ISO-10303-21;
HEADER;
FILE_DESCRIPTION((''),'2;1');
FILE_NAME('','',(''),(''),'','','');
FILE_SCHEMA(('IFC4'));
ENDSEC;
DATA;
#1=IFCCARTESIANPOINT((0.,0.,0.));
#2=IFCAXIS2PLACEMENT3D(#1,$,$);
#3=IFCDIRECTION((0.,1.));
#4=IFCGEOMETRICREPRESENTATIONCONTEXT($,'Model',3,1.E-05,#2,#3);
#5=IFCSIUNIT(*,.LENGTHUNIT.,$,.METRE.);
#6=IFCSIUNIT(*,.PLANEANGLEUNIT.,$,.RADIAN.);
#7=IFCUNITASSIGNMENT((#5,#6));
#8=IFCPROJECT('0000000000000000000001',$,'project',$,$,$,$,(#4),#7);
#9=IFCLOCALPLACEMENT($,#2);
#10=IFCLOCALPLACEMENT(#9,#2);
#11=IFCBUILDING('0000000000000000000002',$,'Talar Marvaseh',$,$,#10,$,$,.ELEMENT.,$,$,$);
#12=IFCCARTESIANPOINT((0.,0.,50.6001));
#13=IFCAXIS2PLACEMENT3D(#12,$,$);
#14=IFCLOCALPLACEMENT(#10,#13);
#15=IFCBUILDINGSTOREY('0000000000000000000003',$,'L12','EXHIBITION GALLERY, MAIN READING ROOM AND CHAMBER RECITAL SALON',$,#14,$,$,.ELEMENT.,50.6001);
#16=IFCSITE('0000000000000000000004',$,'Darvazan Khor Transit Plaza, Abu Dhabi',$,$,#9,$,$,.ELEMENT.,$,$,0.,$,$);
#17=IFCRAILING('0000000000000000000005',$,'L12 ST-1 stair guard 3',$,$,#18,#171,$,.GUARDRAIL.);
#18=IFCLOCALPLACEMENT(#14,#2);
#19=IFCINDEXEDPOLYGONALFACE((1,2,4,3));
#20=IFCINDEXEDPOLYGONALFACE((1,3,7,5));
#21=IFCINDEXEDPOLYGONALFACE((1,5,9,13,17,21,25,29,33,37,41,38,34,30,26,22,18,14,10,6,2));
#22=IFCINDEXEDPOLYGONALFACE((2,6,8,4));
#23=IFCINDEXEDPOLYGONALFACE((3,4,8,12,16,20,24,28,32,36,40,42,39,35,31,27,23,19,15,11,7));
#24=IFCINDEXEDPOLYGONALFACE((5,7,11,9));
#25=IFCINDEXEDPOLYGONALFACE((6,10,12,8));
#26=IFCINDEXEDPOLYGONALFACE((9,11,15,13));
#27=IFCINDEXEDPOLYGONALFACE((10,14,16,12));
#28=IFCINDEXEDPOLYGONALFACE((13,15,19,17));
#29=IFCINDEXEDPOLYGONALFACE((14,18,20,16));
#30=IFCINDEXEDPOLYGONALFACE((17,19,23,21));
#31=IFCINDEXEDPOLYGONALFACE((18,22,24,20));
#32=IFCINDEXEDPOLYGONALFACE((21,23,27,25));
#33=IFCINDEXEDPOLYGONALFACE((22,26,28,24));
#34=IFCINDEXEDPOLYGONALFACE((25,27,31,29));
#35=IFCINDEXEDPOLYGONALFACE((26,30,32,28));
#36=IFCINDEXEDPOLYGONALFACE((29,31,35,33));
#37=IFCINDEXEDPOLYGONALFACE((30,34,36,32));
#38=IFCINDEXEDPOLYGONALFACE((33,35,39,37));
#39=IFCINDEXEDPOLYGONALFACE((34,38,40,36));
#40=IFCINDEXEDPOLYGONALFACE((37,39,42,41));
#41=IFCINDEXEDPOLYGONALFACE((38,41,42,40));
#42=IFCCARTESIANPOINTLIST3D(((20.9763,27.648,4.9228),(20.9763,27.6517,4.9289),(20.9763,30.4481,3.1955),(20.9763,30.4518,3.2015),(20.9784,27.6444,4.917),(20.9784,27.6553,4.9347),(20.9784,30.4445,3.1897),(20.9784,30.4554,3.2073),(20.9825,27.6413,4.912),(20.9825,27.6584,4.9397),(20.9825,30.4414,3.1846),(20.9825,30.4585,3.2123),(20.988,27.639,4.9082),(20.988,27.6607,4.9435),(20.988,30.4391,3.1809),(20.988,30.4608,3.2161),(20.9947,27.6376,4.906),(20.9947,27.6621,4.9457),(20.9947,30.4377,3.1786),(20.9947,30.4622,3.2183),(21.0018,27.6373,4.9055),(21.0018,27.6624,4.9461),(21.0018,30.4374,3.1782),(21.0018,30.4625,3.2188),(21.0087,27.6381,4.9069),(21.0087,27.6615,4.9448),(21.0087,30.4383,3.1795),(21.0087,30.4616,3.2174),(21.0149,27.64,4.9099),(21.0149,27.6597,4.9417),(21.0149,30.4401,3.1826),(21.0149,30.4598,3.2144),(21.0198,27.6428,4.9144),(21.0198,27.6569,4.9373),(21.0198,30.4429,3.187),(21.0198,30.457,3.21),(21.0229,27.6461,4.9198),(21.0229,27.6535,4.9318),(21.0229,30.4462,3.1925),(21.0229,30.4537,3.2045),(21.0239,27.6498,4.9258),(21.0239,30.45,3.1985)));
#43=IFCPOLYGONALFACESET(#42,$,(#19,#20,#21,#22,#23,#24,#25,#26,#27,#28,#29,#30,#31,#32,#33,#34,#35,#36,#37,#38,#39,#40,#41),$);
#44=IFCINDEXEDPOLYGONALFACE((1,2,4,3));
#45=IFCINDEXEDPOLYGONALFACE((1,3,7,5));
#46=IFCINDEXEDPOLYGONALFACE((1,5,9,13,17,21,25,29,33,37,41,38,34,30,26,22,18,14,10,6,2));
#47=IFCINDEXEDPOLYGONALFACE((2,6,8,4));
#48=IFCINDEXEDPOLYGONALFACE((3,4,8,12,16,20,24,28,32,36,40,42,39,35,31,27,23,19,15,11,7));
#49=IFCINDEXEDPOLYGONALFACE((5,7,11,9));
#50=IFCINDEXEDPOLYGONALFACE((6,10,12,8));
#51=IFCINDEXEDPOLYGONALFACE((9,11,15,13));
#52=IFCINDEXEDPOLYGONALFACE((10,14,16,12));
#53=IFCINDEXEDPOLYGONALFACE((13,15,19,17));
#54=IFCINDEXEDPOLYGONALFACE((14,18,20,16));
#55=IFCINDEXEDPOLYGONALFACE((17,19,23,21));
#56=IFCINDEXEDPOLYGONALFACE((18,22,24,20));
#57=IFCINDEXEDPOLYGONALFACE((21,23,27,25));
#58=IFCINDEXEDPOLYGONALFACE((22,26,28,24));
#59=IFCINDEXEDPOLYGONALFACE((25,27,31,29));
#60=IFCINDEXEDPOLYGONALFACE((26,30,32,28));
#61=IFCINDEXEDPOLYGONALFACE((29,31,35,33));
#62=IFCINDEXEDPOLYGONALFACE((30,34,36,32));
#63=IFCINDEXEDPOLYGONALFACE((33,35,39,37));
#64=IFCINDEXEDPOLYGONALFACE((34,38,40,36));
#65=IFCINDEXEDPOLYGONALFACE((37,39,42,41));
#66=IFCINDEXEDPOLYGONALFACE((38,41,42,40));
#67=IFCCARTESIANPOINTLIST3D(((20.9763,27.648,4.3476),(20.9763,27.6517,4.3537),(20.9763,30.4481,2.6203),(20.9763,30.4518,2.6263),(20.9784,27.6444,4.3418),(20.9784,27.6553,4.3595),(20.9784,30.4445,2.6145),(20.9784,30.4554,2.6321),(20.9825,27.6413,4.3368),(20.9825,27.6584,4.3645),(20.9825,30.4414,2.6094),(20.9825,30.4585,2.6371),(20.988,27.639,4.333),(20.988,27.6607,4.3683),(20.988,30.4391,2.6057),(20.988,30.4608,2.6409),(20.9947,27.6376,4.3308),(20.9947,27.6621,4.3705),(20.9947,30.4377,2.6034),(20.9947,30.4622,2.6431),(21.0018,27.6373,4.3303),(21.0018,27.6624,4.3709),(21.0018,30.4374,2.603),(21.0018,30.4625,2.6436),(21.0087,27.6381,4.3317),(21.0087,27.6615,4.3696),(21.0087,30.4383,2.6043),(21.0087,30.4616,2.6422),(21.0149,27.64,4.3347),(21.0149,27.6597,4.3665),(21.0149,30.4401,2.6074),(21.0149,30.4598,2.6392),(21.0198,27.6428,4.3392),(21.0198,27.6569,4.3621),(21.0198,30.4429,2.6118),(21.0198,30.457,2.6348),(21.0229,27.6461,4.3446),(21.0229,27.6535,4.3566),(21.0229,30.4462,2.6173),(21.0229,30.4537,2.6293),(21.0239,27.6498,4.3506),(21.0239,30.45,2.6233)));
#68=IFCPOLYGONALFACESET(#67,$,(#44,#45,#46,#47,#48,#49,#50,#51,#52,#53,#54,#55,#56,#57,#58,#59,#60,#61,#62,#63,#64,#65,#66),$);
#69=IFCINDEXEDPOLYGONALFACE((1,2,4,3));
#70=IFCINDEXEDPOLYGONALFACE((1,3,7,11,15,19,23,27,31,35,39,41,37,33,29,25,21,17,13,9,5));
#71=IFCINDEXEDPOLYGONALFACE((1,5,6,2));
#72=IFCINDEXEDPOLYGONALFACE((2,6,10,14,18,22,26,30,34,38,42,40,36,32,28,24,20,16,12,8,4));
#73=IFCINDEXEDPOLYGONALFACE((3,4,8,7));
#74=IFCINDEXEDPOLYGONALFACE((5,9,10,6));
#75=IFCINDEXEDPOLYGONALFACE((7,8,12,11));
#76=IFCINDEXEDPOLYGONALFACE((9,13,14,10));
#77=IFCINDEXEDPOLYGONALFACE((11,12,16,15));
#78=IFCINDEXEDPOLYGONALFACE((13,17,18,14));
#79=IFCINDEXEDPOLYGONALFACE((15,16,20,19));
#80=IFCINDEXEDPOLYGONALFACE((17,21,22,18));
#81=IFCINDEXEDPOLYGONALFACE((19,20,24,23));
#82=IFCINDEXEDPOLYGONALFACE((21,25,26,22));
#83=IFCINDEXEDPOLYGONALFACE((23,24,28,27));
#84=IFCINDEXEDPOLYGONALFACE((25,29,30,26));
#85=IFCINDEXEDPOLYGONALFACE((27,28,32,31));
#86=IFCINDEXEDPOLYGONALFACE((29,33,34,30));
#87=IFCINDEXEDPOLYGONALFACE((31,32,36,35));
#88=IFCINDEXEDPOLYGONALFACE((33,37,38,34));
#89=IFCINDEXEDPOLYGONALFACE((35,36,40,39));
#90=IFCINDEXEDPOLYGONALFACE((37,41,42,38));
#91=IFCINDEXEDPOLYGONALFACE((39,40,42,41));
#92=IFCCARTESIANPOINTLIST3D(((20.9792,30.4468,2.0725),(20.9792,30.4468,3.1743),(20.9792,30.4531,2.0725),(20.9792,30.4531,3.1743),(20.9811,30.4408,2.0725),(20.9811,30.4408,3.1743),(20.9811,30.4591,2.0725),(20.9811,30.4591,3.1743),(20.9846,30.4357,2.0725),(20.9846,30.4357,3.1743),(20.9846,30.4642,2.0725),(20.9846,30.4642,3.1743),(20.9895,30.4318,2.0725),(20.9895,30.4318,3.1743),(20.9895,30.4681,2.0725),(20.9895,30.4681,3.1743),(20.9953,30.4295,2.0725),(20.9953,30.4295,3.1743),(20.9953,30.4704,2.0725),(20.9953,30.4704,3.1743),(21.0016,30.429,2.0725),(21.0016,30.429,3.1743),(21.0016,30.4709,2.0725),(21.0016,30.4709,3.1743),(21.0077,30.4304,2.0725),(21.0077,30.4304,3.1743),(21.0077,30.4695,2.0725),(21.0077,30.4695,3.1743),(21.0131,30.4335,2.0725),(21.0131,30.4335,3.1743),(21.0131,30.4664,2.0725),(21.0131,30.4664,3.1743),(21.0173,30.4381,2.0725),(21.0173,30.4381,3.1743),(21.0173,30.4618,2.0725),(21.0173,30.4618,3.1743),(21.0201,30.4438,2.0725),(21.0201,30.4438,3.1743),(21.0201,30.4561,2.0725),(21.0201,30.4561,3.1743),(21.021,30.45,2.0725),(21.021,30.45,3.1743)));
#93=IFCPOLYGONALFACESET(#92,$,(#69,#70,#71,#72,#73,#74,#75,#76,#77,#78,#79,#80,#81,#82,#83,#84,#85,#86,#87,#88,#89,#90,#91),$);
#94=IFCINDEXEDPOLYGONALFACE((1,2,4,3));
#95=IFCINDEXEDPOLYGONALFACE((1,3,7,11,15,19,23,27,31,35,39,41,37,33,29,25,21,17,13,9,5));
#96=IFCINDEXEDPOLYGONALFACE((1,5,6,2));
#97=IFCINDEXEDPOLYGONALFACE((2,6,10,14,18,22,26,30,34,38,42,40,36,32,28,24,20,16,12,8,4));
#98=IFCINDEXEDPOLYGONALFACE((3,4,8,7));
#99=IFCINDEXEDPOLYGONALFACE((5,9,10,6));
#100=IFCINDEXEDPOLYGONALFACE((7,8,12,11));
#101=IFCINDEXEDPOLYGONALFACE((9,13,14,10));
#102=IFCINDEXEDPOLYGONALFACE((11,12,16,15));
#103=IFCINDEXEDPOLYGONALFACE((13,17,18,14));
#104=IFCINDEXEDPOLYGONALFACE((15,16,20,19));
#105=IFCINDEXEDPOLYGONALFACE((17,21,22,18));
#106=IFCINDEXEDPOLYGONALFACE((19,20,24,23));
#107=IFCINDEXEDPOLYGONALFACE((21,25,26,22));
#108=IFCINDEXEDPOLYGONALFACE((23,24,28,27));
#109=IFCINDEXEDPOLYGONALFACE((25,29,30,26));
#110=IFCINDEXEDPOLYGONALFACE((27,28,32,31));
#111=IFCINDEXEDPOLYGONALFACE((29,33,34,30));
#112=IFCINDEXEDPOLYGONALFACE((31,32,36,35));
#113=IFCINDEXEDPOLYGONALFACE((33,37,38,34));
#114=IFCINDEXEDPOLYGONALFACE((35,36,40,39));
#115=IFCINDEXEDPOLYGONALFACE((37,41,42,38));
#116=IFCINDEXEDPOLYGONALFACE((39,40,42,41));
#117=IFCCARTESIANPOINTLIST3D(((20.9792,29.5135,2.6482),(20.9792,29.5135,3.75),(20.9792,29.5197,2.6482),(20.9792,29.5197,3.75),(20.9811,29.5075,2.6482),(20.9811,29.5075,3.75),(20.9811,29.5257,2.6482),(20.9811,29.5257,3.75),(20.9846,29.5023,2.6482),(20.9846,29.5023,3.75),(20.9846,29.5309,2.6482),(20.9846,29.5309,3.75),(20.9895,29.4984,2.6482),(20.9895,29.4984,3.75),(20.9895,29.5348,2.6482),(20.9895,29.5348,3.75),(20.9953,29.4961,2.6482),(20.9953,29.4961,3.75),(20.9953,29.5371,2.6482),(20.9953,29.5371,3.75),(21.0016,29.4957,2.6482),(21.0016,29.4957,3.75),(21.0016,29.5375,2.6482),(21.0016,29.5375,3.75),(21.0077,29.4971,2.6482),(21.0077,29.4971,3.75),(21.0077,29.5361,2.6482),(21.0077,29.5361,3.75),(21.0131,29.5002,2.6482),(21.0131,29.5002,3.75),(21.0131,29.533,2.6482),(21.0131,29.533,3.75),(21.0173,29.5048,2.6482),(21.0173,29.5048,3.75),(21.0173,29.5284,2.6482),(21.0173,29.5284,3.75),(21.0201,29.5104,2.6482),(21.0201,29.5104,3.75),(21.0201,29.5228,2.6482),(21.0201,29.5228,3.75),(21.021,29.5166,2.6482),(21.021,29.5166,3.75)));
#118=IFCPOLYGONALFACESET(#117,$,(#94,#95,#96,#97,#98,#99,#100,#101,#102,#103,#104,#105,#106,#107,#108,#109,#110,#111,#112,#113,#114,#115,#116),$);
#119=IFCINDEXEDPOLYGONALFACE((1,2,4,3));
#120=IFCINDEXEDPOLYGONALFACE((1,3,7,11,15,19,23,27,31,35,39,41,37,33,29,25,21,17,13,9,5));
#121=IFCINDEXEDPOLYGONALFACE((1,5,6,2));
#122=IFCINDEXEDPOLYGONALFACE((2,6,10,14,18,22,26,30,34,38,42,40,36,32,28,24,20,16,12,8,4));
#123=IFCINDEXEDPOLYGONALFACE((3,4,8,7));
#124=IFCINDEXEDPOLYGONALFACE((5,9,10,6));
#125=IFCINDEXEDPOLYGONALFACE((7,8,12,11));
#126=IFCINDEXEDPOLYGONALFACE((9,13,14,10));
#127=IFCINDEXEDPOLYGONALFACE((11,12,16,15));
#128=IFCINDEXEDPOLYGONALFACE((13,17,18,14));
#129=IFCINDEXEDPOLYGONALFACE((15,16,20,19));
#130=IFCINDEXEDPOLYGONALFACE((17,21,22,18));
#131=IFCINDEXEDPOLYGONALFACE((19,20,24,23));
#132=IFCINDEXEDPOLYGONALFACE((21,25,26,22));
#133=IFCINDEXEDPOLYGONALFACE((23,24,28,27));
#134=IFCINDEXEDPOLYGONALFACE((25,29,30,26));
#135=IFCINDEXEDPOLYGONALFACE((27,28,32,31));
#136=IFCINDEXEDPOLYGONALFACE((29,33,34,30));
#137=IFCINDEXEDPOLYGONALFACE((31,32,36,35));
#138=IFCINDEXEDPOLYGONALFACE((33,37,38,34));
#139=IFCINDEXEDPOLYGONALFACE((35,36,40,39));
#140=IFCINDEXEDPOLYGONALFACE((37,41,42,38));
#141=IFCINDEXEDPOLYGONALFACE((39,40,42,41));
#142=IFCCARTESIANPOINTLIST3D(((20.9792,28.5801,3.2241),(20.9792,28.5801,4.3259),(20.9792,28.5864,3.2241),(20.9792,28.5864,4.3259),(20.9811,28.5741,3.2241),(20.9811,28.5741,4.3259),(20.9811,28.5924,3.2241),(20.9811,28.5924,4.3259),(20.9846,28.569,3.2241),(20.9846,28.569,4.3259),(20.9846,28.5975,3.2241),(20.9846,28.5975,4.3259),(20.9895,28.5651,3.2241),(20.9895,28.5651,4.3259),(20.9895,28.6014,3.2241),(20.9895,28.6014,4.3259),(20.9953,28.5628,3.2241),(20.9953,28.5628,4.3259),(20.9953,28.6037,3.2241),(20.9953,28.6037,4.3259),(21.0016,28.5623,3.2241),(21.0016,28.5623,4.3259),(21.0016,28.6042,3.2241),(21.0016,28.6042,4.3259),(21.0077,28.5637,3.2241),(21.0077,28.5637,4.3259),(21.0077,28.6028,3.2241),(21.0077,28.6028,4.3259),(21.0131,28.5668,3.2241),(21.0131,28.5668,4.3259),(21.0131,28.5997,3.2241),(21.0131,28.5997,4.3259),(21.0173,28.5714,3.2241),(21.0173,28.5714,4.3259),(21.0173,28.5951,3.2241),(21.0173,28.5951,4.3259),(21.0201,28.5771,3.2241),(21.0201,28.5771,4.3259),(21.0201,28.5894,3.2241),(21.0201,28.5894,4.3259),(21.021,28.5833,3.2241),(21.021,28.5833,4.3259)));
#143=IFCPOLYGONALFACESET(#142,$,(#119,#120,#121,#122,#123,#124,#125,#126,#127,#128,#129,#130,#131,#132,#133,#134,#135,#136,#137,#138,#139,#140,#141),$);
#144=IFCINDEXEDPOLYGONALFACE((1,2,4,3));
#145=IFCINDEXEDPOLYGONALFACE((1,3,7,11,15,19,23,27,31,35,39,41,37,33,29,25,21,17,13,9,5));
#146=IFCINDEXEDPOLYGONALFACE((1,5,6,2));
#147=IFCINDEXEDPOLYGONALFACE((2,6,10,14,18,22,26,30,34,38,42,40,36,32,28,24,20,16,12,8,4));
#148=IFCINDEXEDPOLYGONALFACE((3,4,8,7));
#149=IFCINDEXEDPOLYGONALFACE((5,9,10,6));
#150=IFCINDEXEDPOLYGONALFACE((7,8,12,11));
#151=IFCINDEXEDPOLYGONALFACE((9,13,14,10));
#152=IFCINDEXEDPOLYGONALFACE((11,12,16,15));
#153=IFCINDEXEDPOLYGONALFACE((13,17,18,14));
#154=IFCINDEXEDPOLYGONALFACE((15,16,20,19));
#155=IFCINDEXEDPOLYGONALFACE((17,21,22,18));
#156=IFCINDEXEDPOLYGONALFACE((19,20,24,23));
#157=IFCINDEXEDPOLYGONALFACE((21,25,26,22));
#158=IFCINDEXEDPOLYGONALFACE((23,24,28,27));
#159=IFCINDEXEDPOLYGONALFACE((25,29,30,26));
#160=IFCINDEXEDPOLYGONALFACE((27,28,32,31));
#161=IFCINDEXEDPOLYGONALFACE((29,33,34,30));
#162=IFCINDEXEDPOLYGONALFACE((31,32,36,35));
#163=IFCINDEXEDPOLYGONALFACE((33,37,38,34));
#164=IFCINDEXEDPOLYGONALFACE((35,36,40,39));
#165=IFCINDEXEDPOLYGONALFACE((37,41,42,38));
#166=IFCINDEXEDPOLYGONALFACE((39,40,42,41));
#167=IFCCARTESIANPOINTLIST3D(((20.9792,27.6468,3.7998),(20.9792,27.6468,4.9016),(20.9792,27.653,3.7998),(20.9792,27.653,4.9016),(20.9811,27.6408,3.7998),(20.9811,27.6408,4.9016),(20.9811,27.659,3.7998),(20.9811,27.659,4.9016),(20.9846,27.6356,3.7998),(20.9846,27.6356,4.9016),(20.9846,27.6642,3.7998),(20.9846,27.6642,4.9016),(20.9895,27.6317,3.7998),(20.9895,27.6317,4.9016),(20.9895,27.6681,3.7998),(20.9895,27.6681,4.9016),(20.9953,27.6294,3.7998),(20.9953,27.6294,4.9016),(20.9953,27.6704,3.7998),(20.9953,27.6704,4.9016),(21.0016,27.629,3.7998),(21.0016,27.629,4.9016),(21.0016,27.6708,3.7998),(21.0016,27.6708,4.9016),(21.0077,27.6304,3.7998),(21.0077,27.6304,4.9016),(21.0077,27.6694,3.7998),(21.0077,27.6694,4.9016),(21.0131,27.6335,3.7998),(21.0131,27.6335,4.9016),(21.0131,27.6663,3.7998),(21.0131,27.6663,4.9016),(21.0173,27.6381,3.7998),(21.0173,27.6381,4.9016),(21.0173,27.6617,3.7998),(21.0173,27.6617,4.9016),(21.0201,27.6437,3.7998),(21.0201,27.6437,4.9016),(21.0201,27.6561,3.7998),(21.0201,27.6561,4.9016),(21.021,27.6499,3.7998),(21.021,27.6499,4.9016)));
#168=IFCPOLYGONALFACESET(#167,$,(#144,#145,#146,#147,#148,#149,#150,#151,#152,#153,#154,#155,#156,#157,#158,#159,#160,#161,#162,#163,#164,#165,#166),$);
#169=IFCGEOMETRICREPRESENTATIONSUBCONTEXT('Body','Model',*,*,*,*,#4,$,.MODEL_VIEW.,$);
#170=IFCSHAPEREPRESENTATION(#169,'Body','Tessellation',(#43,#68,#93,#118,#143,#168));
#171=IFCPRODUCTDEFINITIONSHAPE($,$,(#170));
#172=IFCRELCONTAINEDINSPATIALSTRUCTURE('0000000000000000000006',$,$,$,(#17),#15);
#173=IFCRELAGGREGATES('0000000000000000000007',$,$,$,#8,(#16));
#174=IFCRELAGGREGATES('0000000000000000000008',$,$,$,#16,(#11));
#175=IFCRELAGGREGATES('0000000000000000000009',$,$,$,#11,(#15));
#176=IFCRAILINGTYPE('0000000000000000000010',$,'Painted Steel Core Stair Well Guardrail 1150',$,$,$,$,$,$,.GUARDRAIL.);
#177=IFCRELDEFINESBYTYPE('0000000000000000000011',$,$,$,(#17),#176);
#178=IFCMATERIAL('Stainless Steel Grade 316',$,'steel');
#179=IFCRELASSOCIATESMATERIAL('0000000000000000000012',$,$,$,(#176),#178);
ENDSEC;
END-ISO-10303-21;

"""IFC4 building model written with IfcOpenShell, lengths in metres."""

from ifc_helpers import new_model, si_unit, direction, frame, origin, origin_2d, place, context, subcontext, project, spatial, circle, extrude, material, type_object, element, save


model = new_model("IFC4")

# Units and contexts
model_context = context("Model", 3, precision=1e-05, world=origin(), true_north=direction((0.0, 1.0)))
body_context = subcontext(model_context, "Body", "Model", "MODEL_VIEW")
ifc_project = project(units=[si_unit("LENGTHUNIT", "METRE"), si_unit("PLANEANGLEUNIT", "RADIAN")], contexts=[model_context])

# Site, building, storey
site_placement = place(None, origin())
site = spatial("IfcSite", under=ifc_project, at=site_placement, Name="Darvazan Khor Transit Plaza, Abu Dhabi", CompositionType="ELEMENT", RefElevation=0.0)
building_placement = place(site_placement, origin())
building = spatial("IfcBuilding", under=site, at=building_placement, Name="Talar Marvaseh", CompositionType="ELEMENT")
storey_placement = place(building_placement, frame((0.0, 0.0, 50.6001)))
storey = spatial("IfcBuildingStorey", under=building, at=storey_placement, Name="L12", Description="EXHIBITION GALLERY, MAIN READING ROOM AND CHAMBER RECITAL SALON", CompositionType="ELEMENT", Elevation=50.6001)

# Railing
ifc_material_1 = material(Name="Stainless Steel Grade 316", Category="steel")
railing_type_1 = type_object("IfcRailingType", Name="Painted Steel Core Stair Well Guardrail 1150", PredefinedType="GUARDRAIL", material=ifc_material_1)
railing_1_placement = place(storey_placement, frame((21.0, 30.45, 2.0725)))
element("IfcRailing", 1, at=railing_1_placement, inside=storey, type_object=railing_type_1, Name="L12 ST-1 stair guard 3", PredefinedType="GUARDRAIL", context=body_context, shape_type="SweptSolid", body=[
    extrude(circle(Radius=0.0239, at=origin_2d()), frame((0.0, 0.0, 1.126), z_axis=(0.0, -0.85109, 0.52502), x_axis=(1.0, 0.0, 0.0)), (0.0, 0.0, 1.0), 3.29),
    extrude(circle(Radius=0.0239, at=origin_2d()), frame((0.0, 0.0, 0.5508), z_axis=(0.0, -0.85109, 0.52502), x_axis=(1.0, 0.0, 0.0)), (0.0, 0.0, 1.0), 3.29),
    extrude(circle(Radius=0.021, at=origin_2d()), origin(), (0.0, 0.0, 1.0), 1.1018),
    extrude(circle(Radius=0.021, at=origin_2d()), frame((0.0, -0.9333, 0.5757)), (0.0, 0.0, 1.0), 1.1018),
    extrude(circle(Radius=0.021, at=origin_2d()), frame((0.0, -1.8667, 1.1516)), (0.0, 0.0, 1.0), 1.1018),
    extrude(circle(Radius=0.021, at=origin_2d()), frame((0.0, -2.8, 1.7273)), (0.0, 0.0, 1.0), 1.1018),
])

save(model, "model.ifc")
